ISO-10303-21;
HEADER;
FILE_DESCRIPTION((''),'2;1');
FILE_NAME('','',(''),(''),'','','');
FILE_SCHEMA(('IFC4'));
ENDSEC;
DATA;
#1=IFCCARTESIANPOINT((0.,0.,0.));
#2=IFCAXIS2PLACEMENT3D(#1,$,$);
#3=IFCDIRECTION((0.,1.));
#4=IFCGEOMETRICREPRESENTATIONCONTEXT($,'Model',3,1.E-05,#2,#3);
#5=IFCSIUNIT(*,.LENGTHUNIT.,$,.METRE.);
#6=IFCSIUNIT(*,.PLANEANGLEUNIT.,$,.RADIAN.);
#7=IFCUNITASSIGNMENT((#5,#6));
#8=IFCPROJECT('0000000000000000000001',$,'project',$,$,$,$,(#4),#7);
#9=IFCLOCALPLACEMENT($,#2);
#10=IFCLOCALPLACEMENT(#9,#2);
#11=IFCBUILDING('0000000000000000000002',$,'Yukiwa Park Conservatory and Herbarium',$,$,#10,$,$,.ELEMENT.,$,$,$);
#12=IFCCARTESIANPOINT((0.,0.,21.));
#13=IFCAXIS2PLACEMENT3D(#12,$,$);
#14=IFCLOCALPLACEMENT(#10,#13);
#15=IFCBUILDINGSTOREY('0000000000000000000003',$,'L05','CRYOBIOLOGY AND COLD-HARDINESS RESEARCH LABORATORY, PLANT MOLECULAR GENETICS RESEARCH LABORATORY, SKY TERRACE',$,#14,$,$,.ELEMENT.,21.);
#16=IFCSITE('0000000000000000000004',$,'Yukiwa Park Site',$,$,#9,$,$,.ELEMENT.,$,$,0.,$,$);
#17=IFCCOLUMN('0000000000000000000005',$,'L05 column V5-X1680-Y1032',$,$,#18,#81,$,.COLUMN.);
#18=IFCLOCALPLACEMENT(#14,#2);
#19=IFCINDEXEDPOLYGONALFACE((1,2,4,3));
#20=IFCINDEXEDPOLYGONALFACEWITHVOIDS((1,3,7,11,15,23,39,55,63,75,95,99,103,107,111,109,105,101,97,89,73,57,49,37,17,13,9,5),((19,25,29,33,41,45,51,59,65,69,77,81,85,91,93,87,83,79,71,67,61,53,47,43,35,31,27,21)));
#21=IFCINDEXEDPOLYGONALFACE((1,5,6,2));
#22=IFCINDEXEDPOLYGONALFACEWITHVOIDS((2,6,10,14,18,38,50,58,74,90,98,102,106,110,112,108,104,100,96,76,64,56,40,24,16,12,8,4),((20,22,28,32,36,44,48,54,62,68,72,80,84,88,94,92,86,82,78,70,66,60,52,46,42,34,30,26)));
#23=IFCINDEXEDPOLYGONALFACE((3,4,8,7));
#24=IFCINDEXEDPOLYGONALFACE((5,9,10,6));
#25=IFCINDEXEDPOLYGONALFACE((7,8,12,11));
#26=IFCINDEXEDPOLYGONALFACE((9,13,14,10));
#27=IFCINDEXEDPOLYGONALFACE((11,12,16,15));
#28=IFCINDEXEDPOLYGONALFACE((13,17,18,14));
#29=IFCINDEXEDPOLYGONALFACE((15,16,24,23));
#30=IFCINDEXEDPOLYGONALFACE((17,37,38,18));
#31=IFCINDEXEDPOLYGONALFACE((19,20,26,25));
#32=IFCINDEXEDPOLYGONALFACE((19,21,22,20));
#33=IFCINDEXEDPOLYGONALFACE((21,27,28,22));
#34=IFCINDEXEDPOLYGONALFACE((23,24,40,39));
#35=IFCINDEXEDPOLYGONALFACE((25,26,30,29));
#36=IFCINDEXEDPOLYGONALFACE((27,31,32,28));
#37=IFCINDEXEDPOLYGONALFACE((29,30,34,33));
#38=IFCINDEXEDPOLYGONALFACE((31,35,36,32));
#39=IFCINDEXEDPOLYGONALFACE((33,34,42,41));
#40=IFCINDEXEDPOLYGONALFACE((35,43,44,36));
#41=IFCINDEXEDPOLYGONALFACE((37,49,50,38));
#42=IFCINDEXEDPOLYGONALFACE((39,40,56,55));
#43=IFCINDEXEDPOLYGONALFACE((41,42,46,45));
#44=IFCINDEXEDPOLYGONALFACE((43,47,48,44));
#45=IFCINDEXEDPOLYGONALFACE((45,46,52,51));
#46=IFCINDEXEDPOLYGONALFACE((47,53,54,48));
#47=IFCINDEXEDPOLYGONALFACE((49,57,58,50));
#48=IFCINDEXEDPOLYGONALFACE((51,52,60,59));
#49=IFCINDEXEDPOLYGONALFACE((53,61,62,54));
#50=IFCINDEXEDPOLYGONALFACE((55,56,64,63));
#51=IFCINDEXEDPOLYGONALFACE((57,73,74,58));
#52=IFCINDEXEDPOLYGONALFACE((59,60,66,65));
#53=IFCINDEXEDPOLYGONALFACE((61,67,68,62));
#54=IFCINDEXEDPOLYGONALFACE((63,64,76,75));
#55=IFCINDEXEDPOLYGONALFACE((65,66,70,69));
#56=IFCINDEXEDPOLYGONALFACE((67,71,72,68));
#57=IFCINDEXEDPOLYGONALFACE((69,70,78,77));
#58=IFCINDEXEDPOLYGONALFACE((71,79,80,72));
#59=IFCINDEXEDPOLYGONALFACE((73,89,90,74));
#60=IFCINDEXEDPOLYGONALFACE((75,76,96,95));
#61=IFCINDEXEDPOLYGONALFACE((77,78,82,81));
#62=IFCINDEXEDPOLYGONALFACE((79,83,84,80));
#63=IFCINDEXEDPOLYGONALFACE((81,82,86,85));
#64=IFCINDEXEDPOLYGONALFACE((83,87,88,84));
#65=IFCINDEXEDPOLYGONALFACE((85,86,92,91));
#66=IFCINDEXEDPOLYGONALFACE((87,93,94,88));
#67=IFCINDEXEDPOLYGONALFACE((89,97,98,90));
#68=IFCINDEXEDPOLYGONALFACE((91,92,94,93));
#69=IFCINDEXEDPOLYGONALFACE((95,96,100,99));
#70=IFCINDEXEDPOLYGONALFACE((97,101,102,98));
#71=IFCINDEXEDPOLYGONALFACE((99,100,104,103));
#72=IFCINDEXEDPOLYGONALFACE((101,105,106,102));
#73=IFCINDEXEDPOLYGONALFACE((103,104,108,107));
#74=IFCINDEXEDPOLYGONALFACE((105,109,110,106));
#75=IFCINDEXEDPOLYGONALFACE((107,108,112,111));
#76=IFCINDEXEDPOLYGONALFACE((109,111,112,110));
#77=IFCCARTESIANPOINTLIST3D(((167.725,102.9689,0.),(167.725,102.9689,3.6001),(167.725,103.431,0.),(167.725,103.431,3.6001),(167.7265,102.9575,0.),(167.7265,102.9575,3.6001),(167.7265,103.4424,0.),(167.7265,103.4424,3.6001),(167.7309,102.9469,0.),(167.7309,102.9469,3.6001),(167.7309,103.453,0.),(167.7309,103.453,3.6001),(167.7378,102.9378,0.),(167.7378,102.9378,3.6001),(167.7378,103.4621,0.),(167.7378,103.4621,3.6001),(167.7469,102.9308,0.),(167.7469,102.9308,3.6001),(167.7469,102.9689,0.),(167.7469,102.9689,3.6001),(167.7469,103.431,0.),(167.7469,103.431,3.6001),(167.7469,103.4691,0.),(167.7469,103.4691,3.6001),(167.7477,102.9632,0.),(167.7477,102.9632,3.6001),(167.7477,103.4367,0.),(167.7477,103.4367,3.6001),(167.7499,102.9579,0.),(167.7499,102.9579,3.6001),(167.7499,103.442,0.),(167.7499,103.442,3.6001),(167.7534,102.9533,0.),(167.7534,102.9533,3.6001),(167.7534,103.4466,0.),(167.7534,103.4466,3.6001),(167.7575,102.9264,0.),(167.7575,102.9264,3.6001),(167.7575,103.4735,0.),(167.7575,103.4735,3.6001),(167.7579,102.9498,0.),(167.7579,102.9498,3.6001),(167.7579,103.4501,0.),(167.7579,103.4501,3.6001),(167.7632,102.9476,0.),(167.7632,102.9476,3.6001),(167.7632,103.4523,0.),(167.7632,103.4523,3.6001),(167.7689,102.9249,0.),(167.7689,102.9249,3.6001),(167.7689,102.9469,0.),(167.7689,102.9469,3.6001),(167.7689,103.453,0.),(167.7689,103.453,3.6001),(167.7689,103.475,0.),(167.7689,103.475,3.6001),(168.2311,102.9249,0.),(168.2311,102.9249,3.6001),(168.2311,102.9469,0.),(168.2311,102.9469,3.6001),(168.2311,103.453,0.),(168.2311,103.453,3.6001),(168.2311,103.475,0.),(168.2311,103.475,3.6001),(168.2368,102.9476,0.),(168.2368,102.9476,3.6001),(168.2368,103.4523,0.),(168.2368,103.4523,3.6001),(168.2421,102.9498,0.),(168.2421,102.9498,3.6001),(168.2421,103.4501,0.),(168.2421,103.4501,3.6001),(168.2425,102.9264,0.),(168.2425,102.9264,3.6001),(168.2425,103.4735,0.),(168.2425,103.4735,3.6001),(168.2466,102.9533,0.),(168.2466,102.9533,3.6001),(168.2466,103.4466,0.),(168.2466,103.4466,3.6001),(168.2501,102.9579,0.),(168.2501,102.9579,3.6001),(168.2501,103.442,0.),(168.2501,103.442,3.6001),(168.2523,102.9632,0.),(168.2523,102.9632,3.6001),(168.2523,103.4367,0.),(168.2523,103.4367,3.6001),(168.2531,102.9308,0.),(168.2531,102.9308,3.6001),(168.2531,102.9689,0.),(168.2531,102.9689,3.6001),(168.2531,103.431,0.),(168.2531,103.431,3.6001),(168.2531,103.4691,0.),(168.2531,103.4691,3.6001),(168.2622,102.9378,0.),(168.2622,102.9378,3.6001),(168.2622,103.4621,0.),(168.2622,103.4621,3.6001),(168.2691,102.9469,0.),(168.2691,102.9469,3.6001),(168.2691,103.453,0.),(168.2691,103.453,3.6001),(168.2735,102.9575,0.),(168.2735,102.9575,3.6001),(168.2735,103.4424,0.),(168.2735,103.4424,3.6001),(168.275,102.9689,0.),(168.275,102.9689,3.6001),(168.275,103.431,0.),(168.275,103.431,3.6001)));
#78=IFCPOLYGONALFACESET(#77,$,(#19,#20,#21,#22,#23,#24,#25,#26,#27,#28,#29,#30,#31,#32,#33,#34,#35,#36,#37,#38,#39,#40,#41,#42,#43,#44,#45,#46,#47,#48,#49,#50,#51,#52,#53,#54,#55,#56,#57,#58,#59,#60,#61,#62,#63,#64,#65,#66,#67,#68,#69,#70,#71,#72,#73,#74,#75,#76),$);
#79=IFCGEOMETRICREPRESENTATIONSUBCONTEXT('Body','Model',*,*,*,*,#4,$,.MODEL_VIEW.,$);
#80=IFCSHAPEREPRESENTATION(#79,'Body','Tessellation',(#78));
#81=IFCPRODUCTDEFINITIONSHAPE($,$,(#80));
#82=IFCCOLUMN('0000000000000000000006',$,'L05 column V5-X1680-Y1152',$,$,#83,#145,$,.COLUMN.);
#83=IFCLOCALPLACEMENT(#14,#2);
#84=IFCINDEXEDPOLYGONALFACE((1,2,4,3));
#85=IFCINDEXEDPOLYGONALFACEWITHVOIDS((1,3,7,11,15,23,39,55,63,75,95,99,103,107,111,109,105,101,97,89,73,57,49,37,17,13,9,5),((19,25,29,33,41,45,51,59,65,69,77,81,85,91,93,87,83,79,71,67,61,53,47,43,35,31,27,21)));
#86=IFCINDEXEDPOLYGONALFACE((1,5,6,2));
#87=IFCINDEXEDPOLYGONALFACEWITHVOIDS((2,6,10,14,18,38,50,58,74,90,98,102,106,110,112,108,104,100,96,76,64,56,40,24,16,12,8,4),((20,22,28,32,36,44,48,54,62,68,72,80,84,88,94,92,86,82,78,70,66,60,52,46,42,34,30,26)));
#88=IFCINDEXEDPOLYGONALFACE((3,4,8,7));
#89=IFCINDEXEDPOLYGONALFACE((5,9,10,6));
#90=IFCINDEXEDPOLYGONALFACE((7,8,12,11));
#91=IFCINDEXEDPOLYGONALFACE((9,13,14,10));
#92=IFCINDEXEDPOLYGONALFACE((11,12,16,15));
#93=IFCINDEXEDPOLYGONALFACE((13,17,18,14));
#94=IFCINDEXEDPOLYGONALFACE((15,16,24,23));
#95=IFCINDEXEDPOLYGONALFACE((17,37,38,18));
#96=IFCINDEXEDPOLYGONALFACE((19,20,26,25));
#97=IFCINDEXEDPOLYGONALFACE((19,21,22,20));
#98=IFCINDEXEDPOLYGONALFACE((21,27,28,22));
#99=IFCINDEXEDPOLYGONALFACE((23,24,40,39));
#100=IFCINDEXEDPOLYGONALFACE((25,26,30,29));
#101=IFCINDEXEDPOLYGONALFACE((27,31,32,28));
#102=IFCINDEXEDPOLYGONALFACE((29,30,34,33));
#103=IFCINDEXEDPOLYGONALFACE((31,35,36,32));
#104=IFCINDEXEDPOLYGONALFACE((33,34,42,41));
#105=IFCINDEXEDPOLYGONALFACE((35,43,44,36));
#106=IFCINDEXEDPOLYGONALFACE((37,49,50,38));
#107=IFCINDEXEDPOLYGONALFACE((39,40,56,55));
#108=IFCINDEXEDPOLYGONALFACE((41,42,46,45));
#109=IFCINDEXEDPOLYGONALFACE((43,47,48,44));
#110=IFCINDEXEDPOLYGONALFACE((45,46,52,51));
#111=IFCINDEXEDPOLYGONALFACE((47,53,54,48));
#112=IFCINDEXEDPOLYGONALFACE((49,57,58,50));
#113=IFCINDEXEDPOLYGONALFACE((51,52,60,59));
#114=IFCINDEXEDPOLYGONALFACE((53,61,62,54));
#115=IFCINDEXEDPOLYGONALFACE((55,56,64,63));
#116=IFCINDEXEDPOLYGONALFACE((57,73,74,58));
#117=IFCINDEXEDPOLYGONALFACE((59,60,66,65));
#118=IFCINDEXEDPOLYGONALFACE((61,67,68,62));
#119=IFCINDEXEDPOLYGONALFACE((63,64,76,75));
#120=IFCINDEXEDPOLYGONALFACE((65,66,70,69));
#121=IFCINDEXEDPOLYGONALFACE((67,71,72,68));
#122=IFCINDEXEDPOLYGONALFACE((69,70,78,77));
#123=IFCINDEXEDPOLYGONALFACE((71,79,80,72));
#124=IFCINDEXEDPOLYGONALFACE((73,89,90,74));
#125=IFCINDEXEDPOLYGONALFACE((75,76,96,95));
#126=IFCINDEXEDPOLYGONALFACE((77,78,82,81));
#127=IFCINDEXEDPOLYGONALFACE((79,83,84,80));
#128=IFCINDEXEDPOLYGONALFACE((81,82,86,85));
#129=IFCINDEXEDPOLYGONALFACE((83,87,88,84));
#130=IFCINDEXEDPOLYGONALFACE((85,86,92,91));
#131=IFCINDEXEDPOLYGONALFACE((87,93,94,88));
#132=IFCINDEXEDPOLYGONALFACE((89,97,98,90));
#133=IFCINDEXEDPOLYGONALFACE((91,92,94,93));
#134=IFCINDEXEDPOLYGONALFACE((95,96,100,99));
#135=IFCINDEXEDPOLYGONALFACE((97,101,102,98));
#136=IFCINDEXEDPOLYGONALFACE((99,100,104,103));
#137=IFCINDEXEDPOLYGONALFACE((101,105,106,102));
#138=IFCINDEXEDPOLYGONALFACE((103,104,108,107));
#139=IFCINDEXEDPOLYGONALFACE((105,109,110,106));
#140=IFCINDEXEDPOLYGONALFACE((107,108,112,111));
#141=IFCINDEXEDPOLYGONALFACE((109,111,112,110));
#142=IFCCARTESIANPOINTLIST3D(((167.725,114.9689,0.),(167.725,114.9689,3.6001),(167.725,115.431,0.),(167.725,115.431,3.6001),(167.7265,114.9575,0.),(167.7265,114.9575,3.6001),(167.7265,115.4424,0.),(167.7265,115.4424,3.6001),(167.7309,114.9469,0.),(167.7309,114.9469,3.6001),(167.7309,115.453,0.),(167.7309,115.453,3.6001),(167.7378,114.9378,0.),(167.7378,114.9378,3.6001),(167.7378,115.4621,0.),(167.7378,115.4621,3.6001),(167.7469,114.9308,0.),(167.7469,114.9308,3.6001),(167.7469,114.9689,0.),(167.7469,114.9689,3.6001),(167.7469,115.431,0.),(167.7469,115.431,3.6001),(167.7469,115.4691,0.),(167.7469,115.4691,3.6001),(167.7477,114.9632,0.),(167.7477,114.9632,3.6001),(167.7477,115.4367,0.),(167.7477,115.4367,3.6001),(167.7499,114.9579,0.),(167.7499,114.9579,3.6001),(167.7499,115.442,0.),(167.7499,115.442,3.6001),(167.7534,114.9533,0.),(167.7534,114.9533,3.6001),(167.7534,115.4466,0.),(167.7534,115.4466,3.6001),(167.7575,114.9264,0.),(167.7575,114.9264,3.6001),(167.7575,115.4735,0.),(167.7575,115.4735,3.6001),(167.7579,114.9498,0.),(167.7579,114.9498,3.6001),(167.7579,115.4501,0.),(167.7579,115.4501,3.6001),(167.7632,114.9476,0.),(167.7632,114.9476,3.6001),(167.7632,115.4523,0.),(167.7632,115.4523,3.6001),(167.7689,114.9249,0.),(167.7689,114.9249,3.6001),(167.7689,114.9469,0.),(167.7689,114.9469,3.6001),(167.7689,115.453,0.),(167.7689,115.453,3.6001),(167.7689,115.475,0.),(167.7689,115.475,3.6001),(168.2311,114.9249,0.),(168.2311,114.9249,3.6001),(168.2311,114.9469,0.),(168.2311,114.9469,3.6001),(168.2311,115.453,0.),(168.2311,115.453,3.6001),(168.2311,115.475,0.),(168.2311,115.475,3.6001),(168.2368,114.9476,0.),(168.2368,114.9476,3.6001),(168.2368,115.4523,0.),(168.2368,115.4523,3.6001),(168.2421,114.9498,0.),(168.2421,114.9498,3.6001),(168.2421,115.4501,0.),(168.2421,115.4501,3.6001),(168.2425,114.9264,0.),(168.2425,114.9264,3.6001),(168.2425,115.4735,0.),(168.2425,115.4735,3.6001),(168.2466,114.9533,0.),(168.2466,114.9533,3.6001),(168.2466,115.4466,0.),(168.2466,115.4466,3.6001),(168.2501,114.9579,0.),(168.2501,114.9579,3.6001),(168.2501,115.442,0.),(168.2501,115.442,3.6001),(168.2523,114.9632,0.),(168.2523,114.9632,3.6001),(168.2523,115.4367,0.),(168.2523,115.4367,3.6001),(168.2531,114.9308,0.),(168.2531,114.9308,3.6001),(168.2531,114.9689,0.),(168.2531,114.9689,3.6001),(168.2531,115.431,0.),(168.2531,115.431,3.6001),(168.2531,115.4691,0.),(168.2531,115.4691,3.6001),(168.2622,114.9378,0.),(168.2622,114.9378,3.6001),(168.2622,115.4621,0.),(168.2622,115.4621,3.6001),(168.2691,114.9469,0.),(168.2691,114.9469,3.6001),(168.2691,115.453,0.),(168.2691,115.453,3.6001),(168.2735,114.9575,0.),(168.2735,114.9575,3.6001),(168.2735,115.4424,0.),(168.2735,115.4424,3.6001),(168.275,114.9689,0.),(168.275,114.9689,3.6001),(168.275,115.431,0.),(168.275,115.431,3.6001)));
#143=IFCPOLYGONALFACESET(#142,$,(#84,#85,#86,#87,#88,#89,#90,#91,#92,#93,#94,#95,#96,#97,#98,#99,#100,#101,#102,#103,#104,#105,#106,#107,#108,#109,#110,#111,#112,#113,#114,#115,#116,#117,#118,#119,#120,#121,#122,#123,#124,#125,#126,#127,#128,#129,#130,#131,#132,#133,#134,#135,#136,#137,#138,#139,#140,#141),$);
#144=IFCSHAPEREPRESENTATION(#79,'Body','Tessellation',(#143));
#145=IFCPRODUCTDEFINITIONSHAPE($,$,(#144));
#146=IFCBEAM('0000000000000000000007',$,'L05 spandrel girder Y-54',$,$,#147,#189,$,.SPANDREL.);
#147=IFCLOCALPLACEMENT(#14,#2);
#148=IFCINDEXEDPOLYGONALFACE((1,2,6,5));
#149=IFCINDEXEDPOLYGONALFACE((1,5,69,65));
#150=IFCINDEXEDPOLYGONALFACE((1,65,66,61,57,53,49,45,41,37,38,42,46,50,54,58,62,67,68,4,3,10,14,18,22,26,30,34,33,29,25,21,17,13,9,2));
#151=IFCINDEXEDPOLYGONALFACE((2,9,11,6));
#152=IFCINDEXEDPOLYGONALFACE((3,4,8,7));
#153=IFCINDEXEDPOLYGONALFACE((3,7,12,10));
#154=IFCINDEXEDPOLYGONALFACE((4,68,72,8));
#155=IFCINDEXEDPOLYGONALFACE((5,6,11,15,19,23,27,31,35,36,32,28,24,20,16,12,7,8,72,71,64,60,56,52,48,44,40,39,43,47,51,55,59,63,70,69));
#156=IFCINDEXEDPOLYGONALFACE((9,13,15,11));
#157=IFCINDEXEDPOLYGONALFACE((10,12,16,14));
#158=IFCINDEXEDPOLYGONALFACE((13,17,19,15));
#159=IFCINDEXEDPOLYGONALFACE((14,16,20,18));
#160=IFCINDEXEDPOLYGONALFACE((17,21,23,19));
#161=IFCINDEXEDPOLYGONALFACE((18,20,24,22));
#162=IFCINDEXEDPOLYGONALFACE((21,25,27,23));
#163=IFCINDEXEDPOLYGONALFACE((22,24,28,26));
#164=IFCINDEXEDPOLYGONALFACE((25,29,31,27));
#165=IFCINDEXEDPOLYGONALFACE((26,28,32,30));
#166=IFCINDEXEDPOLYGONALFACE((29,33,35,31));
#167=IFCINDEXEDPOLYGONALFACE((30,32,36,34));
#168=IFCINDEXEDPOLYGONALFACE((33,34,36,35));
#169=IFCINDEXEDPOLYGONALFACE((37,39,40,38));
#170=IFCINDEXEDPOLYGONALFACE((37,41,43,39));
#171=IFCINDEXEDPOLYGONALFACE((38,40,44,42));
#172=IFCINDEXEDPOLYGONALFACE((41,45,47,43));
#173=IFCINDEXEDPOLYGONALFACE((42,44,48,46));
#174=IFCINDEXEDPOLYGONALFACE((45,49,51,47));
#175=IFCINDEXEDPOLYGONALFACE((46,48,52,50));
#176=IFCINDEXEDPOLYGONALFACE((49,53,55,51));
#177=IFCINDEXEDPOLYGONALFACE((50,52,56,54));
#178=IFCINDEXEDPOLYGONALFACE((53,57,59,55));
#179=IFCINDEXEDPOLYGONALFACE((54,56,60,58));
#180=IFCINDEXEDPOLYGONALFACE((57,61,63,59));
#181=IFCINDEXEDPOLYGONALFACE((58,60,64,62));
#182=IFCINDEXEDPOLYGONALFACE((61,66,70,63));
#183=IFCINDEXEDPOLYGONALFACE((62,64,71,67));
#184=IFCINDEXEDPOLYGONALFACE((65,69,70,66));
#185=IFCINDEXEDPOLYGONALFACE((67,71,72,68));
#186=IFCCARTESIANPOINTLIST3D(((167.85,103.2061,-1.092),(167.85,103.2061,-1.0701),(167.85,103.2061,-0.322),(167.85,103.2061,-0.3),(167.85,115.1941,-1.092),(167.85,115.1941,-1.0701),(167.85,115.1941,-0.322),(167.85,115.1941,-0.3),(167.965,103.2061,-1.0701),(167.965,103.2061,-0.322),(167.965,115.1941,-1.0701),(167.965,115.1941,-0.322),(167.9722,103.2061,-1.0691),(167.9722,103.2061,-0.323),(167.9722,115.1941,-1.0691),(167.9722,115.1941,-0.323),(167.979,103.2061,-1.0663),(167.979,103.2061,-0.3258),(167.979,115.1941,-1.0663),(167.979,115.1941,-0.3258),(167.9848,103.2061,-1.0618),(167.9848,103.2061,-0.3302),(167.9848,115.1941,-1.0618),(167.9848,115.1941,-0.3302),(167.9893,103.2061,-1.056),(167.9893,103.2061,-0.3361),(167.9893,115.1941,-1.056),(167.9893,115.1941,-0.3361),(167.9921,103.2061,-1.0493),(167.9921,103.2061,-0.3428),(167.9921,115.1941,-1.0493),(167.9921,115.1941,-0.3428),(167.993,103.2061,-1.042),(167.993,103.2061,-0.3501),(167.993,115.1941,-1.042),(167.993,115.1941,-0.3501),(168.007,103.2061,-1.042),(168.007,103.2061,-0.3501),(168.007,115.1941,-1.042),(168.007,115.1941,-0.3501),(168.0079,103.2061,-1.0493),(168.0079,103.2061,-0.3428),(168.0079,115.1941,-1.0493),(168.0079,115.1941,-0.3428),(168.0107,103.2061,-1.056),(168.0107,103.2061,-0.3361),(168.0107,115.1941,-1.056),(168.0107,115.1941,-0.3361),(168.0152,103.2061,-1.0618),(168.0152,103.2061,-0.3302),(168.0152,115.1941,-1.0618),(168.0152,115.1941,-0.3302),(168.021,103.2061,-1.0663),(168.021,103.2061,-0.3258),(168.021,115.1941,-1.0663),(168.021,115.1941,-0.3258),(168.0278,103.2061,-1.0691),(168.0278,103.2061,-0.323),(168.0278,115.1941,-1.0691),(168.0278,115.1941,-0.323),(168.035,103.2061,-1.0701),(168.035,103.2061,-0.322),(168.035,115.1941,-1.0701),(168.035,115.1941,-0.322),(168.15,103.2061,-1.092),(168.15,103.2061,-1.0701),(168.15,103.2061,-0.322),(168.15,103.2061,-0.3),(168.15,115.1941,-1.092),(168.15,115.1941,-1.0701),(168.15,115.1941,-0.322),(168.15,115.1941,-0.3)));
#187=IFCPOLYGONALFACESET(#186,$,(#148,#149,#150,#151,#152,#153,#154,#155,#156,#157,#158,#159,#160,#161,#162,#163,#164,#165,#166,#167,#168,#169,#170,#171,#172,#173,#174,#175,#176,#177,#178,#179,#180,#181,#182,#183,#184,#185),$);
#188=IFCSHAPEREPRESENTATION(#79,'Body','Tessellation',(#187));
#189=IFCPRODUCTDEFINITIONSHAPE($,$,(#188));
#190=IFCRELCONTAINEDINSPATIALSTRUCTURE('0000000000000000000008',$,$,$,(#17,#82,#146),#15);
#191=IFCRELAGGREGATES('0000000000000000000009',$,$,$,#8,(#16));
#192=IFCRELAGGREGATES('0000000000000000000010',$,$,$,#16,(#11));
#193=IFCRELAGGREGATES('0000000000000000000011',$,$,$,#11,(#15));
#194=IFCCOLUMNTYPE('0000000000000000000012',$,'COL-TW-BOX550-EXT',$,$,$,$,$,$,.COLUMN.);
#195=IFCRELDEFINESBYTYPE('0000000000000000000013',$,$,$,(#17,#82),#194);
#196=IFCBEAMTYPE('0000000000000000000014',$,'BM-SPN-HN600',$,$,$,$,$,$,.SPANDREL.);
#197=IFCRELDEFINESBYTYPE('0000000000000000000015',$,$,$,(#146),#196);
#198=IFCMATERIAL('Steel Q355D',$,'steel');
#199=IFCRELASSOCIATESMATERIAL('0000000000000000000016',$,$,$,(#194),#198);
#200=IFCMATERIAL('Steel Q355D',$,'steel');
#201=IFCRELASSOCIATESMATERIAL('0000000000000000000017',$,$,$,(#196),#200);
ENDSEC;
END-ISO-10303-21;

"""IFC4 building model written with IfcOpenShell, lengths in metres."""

from ifc_helpers import new_model, si_unit, direction, frame, origin, origin_2d, place, context, subcontext, project, spatial, hollow_rectangle, i_section, extrude, material, material_profile, profile_set, type_object, element, save


model = new_model("IFC4")

# Units and contexts
model_context = context("Model", 3, precision=1e-05, world=origin(), true_north=direction((0.0, 1.0)))
body_context = subcontext(model_context, "Body", "Model", "MODEL_VIEW")
ifc_project = project(units=[si_unit("LENGTHUNIT", "METRE"), si_unit("PLANEANGLEUNIT", "RADIAN")], contexts=[model_context])

# Site, building, storey
site_placement = place(None, origin())
site = spatial("IfcSite", under=ifc_project, at=site_placement, Name="Yukiwa Park Site", CompositionType="ELEMENT", RefElevation=0.0)
building_placement = place(site_placement, origin())
building = spatial("IfcBuilding", under=site, at=building_placement, Name="Yukiwa Park Conservatory and Herbarium", CompositionType="ELEMENT")
storey_placement = place(building_placement, frame((0.0, 0.0, 21.0)))
storey = spatial("IfcBuildingStorey", under=building, at=storey_placement, Name="L05", Description="CRYOBIOLOGY AND COLD-HARDINESS RESEARCH LABORATORY, PLANT MOLECULAR GENETICS RESEARCH LABORATORY, SKY TERRACE", CompositionType="ELEMENT", Elevation=21.0)

# Columns
ifc_material_1 = material(Name="Steel Q355D", Category="steel")
ifc_material_profile_1 = material_profile(ifc_material_1, hollow_rectangle(XDim=0.55, YDim=0.55, WallThickness=0.022, InnerFilletRadius=0.022, OuterFilletRadius=0.0439, at=origin_2d()), Name="BOX 550x550x22")
ifc_profile_set_1 = profile_set([ifc_material_profile_1], Name="Steel Q355D")
column_type = type_object("IfcColumnType", Name="COL-TW-BOX550-EXT", PredefinedType="COLUMN", material=ifc_profile_set_1)
for number, where, z_axis, x_axis, name in (
    (1, (168.0, 103.2, 0.0), (0.0, 0.0, 1.0), (1.0, 0.0, 0.0), "L05 column V5-X1680-Y1032"),
    (2, (168.0, 115.2, 0.0), (0.0, 0.0, 1.0), (1.0, 0.0, 0.0), "L05 column V5-X1680-Y1152"),
):
    element("IfcColumn", number, at=place(storey_placement, frame(where, z_axis=z_axis, x_axis=x_axis)), inside=storey, type_object=column_type, Name=name, PredefinedType="COLUMN", context=body_context, shape_type="SweptSolid", body=[
        extrude(hollow_rectangle(XDim=0.55, YDim=0.55, WallThickness=0.022, InnerFilletRadius=0.022, OuterFilletRadius=0.0439, at=origin_2d()), origin(), (0.0, 0.0, 1.0), 3.6001),
    ])

# Beam
ifc_material_2 = material(Name="Steel Q355D", Category="steel")
ifc_material_profile_2 = material_profile(ifc_material_2, i_section(OverallWidth=0.3, OverallDepth=0.792, WebThickness=0.0139, FlangeThickness=0.022, FilletRadius=0.0281, at=origin_2d()), Name="HN 792x300x14x22")
ifc_profile_set_2 = profile_set([ifc_material_profile_2], Name="Steel Q355D")
beam_type_1 = type_object("IfcBeamType", Name="BM-SPN-HN600", PredefinedType="SPANDREL", material=ifc_profile_set_2)
beam_1_placement = place(storey_placement, frame((168.0, 103.2061, -0.696), z_axis=(0.0, 1.0, 0.0), x_axis=(-1.0, 0.0, 0.0)))
element("IfcBeam", 3, at=beam_1_placement, inside=storey, type_object=beam_type_1, Name="L05 spandrel girder Y-54", PredefinedType="SPANDREL", context=body_context, shape_type="SweptSolid", body=[
    extrude(i_section(OverallWidth=0.3, OverallDepth=0.792, WebThickness=0.0139, FlangeThickness=0.022, FilletRadius=0.0281, at=origin_2d()), origin(), (0.0, 0.0, 1.0), 11.988),
])

save(model, "model.ifc")
